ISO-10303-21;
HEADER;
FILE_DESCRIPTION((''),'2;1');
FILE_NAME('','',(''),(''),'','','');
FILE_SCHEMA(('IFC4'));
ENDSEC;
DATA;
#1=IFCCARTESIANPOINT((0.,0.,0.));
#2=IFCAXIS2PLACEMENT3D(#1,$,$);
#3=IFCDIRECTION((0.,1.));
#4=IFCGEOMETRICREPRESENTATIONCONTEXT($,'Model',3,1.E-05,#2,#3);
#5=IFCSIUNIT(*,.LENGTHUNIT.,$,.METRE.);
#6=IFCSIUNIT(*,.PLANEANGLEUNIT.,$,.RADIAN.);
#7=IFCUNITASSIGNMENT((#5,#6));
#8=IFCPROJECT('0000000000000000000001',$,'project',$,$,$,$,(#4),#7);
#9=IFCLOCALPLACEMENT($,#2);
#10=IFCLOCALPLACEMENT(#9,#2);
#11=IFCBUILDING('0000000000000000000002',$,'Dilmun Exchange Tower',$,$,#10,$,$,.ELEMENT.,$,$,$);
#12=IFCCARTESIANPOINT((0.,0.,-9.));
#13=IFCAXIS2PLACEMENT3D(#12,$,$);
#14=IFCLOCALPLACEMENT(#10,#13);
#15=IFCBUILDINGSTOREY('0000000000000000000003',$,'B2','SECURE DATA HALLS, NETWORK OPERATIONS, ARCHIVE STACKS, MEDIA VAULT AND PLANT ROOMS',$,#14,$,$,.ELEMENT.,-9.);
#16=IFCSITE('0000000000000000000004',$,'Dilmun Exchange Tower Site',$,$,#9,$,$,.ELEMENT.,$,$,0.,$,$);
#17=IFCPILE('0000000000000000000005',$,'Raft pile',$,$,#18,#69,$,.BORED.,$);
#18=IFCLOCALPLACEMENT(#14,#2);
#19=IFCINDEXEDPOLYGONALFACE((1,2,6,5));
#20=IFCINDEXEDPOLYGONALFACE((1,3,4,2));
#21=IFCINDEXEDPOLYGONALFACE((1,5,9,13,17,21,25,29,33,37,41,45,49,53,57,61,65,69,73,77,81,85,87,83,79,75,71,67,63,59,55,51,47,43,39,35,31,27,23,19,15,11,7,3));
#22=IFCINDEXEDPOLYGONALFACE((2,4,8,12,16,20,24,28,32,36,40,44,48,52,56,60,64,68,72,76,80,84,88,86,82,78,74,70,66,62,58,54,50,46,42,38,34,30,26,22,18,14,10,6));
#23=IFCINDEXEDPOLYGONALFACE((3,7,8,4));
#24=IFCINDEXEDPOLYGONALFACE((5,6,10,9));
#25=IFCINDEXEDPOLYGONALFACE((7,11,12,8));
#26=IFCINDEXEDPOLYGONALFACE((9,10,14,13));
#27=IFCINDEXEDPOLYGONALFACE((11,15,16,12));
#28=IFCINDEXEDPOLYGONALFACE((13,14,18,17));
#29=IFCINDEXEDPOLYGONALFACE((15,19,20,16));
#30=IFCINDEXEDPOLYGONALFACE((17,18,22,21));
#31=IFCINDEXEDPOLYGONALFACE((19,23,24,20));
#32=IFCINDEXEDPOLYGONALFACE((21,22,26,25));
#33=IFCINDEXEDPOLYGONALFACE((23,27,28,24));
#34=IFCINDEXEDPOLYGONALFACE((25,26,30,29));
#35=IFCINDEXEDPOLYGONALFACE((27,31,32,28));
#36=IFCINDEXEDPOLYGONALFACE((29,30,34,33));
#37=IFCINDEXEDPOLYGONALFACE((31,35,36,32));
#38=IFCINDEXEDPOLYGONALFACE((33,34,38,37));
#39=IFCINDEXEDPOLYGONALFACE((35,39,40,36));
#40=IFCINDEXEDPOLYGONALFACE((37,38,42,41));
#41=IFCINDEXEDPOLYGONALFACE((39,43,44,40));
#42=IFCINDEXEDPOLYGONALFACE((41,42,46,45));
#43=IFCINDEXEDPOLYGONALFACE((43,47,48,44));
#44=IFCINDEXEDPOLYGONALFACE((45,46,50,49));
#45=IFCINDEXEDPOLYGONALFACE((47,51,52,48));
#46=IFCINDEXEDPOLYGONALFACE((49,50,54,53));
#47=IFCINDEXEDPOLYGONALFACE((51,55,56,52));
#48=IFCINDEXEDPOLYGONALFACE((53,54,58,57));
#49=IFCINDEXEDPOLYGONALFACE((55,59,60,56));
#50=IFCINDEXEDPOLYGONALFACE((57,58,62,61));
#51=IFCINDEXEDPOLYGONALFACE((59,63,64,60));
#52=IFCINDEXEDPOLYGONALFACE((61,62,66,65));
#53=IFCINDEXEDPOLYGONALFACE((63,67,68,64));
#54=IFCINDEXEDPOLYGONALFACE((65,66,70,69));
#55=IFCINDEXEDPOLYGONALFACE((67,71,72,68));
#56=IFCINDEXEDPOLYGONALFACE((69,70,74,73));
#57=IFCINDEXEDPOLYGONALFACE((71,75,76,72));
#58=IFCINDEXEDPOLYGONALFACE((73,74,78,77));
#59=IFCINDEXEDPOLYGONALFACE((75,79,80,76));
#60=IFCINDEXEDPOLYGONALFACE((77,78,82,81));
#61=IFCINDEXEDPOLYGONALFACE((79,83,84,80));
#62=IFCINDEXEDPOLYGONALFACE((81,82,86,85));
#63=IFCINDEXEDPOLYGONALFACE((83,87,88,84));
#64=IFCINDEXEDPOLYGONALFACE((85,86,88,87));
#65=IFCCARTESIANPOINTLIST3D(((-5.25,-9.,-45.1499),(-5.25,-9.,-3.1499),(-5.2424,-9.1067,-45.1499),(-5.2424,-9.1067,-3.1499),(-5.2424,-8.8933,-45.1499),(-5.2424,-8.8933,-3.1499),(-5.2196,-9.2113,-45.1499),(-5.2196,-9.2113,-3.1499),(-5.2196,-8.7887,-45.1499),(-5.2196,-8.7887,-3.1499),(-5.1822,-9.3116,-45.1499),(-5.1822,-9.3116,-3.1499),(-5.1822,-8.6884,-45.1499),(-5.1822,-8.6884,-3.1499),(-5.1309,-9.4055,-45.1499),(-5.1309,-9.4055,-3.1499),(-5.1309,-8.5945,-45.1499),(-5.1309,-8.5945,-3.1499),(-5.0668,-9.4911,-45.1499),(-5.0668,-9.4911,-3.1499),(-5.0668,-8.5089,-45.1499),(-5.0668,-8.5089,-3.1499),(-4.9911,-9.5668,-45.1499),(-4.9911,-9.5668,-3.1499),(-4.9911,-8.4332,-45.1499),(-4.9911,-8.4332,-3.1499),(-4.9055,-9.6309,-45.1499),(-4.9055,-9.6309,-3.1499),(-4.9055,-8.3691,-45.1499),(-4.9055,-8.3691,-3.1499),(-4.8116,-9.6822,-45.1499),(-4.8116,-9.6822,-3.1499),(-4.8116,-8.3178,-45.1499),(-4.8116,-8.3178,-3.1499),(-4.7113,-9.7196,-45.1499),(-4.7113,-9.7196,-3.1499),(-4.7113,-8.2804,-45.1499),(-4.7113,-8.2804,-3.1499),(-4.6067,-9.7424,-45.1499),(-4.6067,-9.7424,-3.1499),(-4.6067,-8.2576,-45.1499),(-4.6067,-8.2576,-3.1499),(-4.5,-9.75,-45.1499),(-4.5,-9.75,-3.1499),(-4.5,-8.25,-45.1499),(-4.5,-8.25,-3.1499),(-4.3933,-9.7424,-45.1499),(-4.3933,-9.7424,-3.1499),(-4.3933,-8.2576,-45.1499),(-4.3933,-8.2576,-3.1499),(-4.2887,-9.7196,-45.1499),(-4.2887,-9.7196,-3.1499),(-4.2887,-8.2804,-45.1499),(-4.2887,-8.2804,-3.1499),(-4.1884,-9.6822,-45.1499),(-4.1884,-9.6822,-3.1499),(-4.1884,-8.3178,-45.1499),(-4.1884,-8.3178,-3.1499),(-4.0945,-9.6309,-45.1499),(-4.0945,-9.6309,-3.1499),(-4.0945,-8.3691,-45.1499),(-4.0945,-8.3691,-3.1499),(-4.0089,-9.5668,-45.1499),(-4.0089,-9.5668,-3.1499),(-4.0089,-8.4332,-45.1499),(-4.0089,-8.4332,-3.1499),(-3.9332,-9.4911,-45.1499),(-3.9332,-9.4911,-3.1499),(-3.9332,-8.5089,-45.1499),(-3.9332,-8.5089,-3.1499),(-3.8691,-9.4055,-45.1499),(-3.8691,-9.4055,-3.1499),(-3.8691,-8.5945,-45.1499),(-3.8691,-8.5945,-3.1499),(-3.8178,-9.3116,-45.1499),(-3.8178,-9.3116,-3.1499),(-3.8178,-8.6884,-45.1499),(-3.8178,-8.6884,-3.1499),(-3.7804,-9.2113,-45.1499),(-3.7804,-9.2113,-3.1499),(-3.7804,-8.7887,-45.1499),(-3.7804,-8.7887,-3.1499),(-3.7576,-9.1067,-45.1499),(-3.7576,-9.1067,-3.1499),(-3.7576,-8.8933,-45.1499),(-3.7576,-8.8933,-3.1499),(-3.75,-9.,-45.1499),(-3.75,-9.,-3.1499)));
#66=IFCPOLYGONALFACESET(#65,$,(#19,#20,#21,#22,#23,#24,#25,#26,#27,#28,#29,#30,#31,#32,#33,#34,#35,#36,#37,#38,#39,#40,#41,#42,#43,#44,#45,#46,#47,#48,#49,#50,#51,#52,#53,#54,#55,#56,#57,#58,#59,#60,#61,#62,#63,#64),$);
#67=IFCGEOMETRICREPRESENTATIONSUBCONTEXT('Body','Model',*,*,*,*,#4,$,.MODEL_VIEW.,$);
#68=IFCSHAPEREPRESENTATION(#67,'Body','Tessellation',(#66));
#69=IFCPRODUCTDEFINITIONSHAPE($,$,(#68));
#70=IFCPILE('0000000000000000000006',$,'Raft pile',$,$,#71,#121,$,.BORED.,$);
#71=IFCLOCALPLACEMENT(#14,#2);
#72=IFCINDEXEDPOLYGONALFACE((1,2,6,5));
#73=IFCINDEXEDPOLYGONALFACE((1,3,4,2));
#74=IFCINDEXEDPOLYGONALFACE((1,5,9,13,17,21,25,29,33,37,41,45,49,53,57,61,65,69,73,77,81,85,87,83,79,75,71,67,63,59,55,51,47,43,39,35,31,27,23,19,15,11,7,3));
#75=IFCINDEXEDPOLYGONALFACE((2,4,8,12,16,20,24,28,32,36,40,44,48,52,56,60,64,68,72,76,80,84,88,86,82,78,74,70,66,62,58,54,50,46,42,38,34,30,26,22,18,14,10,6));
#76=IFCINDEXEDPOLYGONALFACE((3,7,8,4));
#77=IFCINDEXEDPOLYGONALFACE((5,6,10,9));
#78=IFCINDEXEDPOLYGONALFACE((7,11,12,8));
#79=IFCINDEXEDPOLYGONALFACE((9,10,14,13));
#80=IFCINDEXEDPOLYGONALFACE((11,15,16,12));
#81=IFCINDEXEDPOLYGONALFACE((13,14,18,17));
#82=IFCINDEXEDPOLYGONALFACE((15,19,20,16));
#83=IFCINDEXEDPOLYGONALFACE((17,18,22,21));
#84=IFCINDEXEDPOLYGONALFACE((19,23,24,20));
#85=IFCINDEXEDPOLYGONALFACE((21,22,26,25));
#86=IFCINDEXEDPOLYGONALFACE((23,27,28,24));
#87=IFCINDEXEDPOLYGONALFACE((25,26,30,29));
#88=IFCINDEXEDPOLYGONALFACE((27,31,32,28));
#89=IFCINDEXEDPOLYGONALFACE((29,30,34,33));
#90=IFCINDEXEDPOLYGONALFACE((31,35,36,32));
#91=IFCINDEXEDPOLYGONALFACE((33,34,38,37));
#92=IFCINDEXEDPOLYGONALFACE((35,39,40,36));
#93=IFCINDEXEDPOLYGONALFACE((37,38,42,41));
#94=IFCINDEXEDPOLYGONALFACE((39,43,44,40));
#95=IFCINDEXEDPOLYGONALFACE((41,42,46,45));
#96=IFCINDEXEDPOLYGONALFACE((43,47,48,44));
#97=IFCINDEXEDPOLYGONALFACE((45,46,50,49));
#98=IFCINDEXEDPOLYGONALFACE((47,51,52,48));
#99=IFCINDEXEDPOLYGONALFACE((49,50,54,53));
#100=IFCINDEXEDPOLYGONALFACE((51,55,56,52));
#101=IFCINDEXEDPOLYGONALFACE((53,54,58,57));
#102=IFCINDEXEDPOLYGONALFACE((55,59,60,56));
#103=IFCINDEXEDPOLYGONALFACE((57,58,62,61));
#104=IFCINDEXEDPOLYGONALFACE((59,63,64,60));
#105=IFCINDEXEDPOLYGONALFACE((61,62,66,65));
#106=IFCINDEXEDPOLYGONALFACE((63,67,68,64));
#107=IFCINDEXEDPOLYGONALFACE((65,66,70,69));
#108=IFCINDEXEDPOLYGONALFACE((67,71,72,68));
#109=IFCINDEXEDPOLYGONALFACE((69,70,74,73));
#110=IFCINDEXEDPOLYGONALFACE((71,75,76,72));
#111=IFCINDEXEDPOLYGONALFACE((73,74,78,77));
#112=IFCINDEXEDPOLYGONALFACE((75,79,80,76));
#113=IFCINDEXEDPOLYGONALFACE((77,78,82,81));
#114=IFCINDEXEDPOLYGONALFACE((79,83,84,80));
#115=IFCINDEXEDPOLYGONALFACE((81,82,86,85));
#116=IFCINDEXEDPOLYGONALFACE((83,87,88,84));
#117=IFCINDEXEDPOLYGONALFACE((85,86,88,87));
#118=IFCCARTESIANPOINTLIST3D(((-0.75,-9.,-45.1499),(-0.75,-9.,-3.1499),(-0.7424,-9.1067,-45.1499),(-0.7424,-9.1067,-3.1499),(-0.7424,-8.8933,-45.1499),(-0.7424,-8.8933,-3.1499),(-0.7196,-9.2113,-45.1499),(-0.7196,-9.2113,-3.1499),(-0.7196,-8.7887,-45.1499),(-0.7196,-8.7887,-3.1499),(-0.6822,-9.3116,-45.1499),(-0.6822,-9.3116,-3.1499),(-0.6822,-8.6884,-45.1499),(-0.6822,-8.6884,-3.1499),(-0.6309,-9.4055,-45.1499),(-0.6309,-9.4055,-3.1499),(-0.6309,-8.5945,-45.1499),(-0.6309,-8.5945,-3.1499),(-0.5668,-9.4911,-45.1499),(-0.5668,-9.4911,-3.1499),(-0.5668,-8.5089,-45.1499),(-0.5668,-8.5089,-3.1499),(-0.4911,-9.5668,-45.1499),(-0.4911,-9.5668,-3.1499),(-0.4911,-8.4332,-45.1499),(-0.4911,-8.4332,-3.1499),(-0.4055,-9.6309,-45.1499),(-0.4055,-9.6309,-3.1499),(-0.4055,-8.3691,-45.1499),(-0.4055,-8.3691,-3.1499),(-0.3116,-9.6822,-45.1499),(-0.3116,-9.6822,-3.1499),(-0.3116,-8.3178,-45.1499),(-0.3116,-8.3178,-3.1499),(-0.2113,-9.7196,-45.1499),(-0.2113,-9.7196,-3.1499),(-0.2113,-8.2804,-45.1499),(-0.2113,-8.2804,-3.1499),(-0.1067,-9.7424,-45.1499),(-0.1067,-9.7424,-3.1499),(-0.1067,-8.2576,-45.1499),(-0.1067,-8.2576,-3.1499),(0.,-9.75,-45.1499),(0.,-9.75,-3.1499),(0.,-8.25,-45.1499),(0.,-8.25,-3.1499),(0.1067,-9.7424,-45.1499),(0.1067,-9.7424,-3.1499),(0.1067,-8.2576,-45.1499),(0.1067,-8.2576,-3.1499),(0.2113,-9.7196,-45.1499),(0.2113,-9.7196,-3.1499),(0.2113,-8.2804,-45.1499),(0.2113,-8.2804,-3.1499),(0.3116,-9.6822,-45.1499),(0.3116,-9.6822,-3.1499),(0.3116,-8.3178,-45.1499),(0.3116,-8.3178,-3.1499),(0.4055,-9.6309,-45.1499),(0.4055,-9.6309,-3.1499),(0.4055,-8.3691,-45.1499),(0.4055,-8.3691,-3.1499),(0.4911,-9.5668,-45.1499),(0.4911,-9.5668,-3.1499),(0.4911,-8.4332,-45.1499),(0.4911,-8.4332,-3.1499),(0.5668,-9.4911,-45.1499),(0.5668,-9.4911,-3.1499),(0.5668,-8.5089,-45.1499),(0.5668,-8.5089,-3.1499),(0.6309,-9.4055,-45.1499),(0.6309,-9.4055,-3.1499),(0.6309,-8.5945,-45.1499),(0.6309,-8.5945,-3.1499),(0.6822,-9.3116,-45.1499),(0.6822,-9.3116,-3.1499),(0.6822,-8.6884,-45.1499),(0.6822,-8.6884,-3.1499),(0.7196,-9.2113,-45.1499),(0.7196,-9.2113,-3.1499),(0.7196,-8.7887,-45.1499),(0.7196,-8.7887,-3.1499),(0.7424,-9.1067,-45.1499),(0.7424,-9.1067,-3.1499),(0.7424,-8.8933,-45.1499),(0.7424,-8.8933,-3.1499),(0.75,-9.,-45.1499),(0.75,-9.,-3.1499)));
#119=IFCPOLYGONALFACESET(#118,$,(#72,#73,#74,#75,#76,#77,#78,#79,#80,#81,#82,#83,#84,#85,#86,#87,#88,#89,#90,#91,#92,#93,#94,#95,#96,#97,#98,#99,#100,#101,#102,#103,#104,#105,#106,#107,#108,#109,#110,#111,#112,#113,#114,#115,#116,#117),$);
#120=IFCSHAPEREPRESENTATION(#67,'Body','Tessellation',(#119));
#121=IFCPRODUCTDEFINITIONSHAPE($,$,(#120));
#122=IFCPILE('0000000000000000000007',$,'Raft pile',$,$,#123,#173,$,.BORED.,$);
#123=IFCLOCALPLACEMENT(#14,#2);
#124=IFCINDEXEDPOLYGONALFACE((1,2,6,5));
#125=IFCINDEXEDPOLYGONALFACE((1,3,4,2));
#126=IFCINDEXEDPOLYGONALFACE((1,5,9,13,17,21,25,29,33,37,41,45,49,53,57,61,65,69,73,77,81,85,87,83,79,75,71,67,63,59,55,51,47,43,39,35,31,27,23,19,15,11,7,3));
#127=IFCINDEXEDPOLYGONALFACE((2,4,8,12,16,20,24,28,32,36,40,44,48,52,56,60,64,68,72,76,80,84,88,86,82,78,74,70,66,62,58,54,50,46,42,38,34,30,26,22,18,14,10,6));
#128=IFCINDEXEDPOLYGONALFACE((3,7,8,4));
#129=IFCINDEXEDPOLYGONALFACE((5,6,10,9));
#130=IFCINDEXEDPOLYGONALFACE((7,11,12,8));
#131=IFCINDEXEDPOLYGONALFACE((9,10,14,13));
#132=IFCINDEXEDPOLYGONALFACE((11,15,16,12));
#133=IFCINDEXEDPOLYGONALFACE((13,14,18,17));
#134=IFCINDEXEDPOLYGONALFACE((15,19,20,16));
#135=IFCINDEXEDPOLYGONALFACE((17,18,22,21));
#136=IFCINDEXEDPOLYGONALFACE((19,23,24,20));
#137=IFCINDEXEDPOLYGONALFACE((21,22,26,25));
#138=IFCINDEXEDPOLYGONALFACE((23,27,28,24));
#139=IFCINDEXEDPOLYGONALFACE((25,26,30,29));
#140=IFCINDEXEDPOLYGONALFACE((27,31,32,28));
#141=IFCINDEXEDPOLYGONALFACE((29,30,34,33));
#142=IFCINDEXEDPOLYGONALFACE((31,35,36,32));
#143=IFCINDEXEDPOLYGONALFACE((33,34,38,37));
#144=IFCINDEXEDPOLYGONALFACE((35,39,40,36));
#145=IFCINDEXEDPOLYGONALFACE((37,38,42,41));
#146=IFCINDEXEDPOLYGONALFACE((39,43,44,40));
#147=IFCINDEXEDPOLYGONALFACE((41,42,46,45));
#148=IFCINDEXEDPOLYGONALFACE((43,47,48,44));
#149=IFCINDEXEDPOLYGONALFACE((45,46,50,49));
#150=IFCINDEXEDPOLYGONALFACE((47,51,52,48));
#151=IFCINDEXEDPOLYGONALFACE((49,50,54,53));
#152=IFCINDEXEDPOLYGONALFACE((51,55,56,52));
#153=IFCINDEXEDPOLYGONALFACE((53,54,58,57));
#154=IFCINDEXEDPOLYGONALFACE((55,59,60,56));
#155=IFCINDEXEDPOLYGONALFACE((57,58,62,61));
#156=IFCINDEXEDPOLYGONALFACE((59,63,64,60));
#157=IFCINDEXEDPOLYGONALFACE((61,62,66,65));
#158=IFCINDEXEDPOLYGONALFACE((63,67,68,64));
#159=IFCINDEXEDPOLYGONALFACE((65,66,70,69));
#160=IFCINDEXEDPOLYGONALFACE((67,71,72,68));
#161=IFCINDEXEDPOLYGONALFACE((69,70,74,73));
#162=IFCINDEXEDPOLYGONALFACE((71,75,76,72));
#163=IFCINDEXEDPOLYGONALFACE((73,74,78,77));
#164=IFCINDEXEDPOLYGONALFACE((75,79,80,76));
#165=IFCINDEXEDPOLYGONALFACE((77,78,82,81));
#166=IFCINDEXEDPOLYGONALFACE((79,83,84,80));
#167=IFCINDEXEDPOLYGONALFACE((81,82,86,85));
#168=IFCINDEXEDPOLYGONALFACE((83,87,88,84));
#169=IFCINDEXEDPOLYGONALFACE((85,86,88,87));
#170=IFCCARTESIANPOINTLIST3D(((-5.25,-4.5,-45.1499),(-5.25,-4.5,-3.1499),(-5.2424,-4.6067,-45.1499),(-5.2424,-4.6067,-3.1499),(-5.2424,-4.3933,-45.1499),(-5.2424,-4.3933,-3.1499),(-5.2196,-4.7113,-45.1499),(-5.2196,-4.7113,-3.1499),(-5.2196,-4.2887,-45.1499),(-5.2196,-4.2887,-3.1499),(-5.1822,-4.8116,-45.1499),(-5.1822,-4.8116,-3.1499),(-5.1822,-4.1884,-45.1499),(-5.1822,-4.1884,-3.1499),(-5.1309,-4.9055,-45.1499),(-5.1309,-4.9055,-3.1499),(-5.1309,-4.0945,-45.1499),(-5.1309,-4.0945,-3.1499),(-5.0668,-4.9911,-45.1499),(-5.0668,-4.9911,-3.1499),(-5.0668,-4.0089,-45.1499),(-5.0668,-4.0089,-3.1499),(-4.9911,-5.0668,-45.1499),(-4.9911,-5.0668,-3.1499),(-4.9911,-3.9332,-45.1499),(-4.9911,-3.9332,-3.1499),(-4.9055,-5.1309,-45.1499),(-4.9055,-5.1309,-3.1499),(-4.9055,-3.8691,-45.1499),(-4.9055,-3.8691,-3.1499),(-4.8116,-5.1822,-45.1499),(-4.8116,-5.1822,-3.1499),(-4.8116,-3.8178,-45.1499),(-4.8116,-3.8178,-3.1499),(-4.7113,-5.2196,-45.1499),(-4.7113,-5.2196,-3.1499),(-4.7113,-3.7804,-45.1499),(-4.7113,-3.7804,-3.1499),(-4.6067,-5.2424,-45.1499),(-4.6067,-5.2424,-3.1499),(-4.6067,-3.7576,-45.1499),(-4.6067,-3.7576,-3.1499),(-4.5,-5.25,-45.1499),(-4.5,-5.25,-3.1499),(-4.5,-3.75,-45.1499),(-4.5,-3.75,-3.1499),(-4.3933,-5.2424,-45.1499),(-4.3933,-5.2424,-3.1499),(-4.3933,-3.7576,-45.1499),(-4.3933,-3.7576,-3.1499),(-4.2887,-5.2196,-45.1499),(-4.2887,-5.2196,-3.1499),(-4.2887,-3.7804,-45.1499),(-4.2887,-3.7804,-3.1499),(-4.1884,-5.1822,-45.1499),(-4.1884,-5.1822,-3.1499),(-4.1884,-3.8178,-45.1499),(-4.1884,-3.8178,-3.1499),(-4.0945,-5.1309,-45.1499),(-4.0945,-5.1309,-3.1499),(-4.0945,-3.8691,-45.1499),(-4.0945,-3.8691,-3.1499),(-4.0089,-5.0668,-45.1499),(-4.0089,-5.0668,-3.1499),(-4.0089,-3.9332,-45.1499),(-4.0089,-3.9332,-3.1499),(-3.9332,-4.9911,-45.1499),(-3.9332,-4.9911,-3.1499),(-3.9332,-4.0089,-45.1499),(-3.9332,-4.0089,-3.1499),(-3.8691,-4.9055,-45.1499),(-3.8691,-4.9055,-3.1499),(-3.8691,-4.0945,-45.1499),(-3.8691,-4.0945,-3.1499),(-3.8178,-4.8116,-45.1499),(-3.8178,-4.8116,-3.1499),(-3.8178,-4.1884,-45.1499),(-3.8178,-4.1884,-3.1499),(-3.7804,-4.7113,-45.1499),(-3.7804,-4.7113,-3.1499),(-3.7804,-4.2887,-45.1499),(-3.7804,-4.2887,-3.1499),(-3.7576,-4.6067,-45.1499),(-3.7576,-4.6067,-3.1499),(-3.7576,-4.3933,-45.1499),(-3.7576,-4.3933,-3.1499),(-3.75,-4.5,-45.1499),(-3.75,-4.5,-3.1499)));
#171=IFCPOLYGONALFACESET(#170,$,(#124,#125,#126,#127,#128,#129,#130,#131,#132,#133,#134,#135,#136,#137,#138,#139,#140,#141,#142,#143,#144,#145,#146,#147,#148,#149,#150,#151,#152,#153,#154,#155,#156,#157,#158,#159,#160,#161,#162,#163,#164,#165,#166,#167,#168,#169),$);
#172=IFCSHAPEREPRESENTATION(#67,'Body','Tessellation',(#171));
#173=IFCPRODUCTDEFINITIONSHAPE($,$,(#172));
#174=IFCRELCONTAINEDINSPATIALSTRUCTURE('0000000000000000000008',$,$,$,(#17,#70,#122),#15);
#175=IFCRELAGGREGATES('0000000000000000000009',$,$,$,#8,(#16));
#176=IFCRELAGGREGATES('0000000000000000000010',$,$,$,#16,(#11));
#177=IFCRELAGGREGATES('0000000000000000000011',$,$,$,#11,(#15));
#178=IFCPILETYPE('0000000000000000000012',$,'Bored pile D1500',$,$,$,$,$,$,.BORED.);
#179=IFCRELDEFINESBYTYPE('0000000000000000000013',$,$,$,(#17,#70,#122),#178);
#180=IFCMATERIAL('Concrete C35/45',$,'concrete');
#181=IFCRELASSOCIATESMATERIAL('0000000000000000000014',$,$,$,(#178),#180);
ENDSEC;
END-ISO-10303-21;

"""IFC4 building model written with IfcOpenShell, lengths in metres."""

from ifc_helpers import new_model, si_unit, direction, frame, origin, origin_2d, place, context, subcontext, project, spatial, circle, extrude, material, material_profile, profile_set, type_object, element, save


model = new_model("IFC4")

# Units and contexts
model_context = context("Model", 3, precision=1e-05, world=origin(), true_north=direction((0.0, 1.0)))
body_context = subcontext(model_context, "Body", "Model", "MODEL_VIEW")
ifc_project = project(units=[si_unit("LENGTHUNIT", "METRE"), si_unit("PLANEANGLEUNIT", "RADIAN")], contexts=[model_context])

# Site, building, storey
site_placement = place(None, origin())
site = spatial("IfcSite", under=ifc_project, at=site_placement, Name="Dilmun Exchange Tower Site", CompositionType="ELEMENT", RefElevation=0.0)
building_placement = place(site_placement, origin())
building = spatial("IfcBuilding", under=site, at=building_placement, Name="Dilmun Exchange Tower", CompositionType="ELEMENT")
storey_placement = place(building_placement, frame((0.0, 0.0, -9.0)))
storey = spatial("IfcBuildingStorey", under=building, at=storey_placement, Name="B2", Description="SECURE DATA HALLS, NETWORK OPERATIONS, ARCHIVE STACKS, MEDIA VAULT AND PLANT ROOMS", CompositionType="ELEMENT", Elevation=-9.0)

# Piles
ifc_material_1 = material(Name="Concrete C35/45", Category="concrete")
ifc_material_profile = material_profile(ifc_material_1, circle(Radius=0.75, at=origin_2d()), Name="D1500")
ifc_profile_set = profile_set([ifc_material_profile], Name="Concrete C35/45")
pile_type = type_object("IfcPileType", Name="Bored pile D1500", PredefinedType="BORED", material=ifc_profile_set)
for number, where, z_axis, x_axis, name in (
    (1, (-4.5, -9.0, -3.1499), (0.0, 0.0, -1.0), (1.0, 0.0, 0.0), "Raft pile"),
    (2, (0.0, -9.0, -3.1499), (0.0, 0.0, -1.0), (1.0, 0.0, 0.0), "Raft pile"),
    (3, (-4.5, -4.5, -3.1499), (0.0, 0.0, -1.0), (1.0, 0.0, 0.0), "Raft pile"),
):
    element("IfcPile", number, at=place(storey_placement, frame(where, z_axis=z_axis, x_axis=x_axis)), inside=storey, type_object=pile_type, Name=name, PredefinedType="BORED", context=body_context, shape_type="SweptSolid", body=[
        extrude(circle(Radius=0.75, at=origin_2d()), origin(), (0.0, 0.0, 1.0), 42.0),
    ])

save(model, "model.ifc")
